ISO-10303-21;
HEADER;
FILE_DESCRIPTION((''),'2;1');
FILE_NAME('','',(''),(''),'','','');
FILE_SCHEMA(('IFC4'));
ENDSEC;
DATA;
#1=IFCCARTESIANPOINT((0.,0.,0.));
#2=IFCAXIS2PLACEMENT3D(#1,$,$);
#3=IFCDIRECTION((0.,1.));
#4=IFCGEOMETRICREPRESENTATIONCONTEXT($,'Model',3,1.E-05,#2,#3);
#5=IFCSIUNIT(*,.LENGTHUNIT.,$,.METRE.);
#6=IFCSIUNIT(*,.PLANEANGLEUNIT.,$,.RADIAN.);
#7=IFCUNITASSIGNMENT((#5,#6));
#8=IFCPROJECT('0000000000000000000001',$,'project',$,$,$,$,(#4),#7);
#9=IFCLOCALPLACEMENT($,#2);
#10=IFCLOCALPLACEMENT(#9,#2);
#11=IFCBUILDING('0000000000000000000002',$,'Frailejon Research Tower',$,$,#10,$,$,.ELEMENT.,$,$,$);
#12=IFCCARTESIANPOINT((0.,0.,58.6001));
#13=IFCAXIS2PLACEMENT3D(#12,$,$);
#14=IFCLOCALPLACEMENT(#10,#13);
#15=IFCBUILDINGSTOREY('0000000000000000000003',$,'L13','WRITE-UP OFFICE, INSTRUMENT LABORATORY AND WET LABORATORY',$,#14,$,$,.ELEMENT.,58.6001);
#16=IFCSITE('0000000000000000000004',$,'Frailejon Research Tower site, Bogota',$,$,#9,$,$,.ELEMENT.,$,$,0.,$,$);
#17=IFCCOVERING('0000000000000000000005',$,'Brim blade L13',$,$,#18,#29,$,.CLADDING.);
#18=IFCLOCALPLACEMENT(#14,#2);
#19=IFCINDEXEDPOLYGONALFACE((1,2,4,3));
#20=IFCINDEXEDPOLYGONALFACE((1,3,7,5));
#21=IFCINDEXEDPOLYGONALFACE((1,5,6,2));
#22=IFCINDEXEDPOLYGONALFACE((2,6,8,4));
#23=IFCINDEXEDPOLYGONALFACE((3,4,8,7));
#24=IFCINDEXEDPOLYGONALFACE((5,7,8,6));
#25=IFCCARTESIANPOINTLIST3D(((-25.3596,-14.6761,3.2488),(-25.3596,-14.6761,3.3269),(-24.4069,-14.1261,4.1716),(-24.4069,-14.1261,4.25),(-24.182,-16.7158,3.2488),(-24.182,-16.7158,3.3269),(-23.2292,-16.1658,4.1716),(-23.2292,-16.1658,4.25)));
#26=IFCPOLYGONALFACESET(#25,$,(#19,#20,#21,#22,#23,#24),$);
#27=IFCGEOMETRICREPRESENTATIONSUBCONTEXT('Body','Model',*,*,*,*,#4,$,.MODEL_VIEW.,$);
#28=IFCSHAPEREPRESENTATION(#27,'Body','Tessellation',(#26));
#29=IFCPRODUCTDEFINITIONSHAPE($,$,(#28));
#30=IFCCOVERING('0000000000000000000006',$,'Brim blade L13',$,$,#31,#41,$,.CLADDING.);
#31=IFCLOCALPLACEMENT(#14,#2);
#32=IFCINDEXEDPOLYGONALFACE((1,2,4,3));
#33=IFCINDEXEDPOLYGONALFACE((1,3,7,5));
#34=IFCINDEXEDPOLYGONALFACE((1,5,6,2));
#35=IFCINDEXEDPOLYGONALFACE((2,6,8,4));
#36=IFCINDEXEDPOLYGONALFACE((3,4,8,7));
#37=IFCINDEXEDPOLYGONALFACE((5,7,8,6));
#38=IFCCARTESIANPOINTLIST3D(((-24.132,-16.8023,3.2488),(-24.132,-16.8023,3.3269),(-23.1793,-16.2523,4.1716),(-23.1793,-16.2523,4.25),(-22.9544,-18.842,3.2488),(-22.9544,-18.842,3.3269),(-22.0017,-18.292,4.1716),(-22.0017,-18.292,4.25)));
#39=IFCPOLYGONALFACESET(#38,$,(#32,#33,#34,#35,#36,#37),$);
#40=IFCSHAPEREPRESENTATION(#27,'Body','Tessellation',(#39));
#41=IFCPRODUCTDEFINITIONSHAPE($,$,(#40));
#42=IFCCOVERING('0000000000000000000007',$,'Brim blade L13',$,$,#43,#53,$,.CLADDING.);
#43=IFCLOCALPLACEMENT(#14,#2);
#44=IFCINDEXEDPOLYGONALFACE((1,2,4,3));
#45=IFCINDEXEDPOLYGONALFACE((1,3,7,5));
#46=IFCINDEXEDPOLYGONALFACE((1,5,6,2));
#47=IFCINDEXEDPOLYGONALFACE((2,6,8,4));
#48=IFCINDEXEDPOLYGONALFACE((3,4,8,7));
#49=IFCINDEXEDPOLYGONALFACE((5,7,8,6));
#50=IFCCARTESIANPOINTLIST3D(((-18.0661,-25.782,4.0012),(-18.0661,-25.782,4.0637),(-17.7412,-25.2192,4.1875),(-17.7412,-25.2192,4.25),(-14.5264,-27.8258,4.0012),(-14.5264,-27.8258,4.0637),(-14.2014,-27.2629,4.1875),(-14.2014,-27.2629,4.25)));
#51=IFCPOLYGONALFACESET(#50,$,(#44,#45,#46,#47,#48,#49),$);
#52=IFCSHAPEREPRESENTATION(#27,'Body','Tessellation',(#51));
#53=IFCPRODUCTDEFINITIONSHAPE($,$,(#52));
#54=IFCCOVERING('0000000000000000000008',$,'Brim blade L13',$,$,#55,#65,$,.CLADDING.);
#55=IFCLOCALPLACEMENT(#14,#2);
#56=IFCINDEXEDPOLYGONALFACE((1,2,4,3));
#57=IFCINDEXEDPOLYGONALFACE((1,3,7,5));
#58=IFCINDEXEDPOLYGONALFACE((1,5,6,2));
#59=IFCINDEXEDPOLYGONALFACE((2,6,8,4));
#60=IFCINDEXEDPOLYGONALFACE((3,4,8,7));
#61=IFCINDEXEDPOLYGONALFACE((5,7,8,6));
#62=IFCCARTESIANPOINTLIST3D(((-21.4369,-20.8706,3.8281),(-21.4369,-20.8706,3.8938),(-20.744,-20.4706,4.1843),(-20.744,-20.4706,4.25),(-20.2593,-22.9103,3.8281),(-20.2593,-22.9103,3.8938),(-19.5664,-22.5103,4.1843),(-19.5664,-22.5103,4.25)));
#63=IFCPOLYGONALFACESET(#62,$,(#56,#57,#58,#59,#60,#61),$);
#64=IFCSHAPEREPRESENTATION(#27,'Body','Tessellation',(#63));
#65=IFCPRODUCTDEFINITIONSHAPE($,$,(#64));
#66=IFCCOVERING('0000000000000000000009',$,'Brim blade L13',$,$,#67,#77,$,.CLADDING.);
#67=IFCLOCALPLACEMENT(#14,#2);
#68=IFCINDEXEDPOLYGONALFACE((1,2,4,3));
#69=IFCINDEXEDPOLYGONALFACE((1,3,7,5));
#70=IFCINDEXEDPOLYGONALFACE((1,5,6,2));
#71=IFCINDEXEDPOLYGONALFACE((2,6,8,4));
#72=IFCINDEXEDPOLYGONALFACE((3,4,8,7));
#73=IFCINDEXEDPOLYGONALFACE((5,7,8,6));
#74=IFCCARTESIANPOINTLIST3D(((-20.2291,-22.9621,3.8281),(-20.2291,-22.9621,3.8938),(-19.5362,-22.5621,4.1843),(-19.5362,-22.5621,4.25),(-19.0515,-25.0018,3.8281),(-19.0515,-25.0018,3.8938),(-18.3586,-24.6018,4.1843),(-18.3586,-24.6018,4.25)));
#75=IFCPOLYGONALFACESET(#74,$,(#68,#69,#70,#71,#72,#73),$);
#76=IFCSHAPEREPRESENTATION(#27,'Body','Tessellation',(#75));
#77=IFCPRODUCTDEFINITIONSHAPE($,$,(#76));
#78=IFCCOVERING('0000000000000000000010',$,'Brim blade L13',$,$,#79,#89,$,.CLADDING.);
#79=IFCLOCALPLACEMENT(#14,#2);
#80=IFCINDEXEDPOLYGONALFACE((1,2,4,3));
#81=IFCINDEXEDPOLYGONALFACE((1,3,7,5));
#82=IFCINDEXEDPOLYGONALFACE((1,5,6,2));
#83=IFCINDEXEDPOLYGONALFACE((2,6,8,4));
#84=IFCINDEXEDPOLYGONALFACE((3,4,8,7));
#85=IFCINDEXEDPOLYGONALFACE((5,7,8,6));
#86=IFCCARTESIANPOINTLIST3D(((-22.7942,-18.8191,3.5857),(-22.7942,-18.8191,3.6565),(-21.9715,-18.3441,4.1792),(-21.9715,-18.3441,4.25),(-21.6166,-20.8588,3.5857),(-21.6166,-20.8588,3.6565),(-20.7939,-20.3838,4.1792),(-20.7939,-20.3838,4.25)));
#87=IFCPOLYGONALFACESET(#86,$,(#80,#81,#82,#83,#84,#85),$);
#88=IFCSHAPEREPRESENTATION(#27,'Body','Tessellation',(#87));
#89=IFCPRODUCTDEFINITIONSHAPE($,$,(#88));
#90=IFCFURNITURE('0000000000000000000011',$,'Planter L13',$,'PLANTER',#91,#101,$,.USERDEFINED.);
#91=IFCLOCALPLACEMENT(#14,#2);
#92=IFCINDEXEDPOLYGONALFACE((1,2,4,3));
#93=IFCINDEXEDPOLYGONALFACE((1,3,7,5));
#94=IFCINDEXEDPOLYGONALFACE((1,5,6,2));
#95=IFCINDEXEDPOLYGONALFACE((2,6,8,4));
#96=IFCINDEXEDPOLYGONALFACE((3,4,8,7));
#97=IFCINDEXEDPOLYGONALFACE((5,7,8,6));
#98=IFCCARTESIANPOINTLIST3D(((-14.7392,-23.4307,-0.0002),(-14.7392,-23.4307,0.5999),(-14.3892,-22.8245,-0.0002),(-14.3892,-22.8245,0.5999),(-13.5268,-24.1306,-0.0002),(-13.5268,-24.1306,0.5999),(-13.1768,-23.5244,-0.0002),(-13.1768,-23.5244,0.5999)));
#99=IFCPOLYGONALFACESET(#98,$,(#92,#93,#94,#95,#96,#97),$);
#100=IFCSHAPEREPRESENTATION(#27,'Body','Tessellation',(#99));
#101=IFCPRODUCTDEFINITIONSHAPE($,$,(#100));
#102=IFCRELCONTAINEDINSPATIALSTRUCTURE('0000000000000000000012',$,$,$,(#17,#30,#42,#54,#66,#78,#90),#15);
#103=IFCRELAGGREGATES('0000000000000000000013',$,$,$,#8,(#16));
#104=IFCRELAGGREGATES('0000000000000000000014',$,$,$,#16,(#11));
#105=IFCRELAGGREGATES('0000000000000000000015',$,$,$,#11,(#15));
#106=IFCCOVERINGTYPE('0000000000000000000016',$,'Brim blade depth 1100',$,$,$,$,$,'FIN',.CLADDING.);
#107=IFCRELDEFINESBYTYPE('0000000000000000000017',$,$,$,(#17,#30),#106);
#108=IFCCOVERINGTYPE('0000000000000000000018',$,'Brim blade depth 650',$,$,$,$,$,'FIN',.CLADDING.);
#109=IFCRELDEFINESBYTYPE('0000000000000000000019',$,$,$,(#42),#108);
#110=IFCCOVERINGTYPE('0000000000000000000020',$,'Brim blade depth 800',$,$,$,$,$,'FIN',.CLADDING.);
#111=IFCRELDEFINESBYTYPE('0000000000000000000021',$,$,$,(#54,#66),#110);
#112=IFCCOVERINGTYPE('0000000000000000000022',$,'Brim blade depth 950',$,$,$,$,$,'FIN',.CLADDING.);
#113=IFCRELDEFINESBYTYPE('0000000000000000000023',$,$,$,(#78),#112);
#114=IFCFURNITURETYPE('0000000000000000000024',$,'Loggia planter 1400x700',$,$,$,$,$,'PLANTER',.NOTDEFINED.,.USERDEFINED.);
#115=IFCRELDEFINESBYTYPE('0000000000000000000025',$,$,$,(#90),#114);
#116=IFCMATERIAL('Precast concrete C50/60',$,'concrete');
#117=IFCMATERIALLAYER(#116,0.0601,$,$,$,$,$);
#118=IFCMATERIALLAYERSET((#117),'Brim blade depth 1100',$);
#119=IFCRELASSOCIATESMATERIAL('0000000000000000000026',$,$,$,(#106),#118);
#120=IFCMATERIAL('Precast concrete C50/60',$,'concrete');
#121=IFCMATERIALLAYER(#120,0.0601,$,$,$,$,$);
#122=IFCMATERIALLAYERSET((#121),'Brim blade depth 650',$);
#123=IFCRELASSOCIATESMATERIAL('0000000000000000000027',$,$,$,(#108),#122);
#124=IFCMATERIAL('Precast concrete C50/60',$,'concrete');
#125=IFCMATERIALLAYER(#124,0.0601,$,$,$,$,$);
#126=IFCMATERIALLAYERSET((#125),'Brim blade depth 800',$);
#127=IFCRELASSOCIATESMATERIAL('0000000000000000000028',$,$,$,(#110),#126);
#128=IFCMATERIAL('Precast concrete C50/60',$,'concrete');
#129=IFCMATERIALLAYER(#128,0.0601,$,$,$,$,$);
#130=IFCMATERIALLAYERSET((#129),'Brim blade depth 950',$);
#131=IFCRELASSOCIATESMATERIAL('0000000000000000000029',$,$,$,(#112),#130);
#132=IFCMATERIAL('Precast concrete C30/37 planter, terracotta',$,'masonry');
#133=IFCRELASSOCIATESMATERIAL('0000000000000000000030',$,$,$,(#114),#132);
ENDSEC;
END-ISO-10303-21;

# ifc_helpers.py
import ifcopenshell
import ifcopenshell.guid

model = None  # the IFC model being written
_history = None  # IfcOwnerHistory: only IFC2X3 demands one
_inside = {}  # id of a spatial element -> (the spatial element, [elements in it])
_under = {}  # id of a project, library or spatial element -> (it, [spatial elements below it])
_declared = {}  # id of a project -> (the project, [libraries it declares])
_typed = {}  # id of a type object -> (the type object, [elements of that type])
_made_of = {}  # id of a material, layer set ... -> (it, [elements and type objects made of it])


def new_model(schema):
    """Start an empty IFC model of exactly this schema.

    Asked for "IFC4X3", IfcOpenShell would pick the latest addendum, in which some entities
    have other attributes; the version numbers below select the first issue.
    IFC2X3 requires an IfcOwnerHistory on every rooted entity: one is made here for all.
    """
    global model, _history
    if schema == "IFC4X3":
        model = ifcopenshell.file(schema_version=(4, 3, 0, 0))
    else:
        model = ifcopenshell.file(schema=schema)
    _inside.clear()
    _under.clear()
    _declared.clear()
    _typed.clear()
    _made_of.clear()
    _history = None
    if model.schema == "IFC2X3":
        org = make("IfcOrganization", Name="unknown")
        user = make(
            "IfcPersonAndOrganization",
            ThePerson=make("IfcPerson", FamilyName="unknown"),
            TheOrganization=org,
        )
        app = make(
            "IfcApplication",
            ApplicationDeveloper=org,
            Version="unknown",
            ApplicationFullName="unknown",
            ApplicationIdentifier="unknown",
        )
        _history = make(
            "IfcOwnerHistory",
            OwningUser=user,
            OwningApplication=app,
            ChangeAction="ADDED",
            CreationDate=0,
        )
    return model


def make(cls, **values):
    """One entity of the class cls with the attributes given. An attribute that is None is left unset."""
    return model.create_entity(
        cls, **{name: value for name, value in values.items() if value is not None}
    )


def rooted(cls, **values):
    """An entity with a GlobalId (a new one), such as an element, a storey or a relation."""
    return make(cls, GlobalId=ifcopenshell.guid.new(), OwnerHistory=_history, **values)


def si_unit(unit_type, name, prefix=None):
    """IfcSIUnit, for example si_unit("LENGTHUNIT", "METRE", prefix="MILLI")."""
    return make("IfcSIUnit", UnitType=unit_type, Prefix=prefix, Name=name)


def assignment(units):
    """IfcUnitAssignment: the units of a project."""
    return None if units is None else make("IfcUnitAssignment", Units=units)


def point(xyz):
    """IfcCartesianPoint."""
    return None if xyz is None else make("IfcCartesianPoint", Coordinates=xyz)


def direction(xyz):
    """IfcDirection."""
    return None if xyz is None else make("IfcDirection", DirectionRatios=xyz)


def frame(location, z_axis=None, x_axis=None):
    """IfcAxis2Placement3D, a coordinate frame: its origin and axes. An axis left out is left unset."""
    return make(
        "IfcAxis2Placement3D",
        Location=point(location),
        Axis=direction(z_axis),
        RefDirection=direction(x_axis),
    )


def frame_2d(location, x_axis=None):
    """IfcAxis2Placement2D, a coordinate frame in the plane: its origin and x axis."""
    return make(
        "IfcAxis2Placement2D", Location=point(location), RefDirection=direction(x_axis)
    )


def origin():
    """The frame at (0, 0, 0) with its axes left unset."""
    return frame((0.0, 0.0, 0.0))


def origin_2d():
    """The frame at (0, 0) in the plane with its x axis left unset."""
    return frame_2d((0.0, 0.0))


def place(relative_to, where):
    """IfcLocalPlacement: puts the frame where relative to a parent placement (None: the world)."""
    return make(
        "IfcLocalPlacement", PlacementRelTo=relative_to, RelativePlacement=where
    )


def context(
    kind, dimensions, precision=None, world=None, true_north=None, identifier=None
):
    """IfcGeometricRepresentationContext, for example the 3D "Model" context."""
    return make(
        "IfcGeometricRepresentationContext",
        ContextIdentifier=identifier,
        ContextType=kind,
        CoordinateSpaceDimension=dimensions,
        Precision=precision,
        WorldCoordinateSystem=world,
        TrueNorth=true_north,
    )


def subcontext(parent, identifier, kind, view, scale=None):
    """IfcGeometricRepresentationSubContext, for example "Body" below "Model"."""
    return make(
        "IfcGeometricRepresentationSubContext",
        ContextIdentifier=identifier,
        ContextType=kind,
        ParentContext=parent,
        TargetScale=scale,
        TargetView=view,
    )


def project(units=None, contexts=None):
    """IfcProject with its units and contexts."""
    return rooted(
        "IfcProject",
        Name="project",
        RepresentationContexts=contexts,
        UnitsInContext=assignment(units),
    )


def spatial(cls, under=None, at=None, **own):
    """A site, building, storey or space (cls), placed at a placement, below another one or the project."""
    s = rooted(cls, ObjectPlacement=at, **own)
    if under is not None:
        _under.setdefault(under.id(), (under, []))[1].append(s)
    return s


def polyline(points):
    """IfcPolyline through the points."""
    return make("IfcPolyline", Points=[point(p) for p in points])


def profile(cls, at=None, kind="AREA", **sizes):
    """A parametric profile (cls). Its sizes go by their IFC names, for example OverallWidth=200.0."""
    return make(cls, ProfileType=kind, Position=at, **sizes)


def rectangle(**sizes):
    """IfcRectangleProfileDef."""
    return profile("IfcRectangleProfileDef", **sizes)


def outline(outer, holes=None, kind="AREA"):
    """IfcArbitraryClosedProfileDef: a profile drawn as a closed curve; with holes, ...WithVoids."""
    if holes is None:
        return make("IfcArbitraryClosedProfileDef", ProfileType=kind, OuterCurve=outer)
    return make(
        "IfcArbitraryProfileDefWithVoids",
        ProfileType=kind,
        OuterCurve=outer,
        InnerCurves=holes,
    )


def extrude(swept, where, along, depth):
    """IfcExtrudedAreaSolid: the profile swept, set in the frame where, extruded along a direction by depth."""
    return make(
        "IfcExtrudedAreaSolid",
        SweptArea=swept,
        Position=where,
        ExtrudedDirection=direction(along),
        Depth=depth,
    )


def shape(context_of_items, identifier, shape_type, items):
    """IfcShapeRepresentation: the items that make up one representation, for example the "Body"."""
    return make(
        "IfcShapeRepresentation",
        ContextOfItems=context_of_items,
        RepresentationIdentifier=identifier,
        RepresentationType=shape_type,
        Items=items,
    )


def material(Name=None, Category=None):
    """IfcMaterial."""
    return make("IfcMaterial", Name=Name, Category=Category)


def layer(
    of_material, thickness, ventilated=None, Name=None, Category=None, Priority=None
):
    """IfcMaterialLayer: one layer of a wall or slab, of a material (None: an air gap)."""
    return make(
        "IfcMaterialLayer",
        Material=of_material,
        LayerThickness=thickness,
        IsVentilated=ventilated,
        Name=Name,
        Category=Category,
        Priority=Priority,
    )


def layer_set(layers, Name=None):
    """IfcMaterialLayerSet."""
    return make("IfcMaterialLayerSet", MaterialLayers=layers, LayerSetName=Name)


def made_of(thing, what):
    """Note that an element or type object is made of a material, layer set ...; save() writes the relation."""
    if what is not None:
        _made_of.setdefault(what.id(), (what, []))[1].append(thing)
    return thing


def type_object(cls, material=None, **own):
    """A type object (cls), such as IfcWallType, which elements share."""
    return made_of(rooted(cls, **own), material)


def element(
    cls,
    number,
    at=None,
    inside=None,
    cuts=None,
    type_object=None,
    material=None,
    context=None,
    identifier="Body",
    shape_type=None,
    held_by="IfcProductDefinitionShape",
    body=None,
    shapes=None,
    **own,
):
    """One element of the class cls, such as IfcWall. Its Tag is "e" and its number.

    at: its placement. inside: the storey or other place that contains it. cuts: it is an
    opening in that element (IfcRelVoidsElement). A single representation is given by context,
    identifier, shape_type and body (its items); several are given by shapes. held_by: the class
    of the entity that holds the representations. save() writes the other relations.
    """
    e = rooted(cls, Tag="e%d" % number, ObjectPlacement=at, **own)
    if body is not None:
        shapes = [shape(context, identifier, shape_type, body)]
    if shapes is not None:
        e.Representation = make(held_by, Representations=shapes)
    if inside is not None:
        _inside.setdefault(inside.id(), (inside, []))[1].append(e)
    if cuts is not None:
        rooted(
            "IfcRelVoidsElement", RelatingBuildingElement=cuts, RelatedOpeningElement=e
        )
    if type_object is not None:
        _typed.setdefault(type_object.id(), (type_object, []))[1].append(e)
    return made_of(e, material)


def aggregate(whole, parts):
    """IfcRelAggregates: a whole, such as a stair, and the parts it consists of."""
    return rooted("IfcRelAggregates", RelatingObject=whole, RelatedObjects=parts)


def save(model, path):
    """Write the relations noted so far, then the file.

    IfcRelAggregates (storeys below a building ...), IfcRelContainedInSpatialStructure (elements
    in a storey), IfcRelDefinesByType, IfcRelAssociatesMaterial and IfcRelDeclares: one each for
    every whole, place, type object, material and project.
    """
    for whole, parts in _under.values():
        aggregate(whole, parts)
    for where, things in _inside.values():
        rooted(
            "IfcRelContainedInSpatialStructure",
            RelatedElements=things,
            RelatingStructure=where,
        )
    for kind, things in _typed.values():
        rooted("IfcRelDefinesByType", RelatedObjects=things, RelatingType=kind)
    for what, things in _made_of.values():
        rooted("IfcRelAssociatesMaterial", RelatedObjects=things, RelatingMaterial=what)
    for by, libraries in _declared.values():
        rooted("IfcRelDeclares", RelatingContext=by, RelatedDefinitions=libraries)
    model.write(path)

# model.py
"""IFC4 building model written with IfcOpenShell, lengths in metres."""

from ifc_helpers import new_model, si_unit, direction, frame, origin, origin_2d, place, context, subcontext, project, spatial, polyline, rectangle, outline, extrude, material, layer, layer_set, type_object, element, save


model = new_model("IFC4")

# Units and contexts
model_context = context("Model", 3, precision=1e-05, world=origin(), true_north=direction((0.0, 1.0)))
body_context = subcontext(model_context, "Body", "Model", "MODEL_VIEW")
ifc_project = project(units=[si_unit("LENGTHUNIT", "METRE"), si_unit("PLANEANGLEUNIT", "RADIAN")], contexts=[model_context])

# Site, building, storey
site_placement = place(None, origin())
site = spatial("IfcSite", under=ifc_project, at=site_placement, Name="Frailejon Research Tower site, Bogota", CompositionType="ELEMENT", RefElevation=0.0)
building_placement = place(site_placement, origin())
building = spatial("IfcBuilding", under=site, at=building_placement, Name="Frailejon Research Tower", CompositionType="ELEMENT")
storey_placement = place(building_placement, frame((0.0, 0.0, 58.6001)))
storey = spatial("IfcBuildingStorey", under=building, at=storey_placement, Name="L13", Description="WRITE-UP OFFICE, INSTRUMENT LABORATORY AND WET LABORATORY", CompositionType="ELEMENT", Elevation=58.6001)

# Coverings
ifc_material_1 = material(Name="Precast concrete C50/60", Category="concrete")
ifc_layer_1 = layer(ifc_material_1, 0.0601)
ifc_layer_set_1 = layer_set([ifc_layer_1], Name="Brim blade depth 1100")
covering_type_1 = type_object("IfcCoveringType", Name="Brim blade depth 1100", ElementType="FIN", PredefinedType="CLADDING", material=ifc_layer_set_1)
for number, where, z_axis, x_axis, name in (
    (1, (-23.2292, -16.1658, 4.25), (-0.500006, 0.866022, 0.0), (-0.866022, -0.500006, 0.0), "Brim blade L13"),
    (2, (-22.0017, -18.292, 4.25), (-0.499997, 0.866027, 0.0), (-0.866027, -0.499997, 0.0), "Brim blade L13"),
):
    element("IfcCovering", number, at=place(storey_placement, frame(where, z_axis=z_axis, x_axis=x_axis)), inside=storey, type_object=covering_type_1, Name=name, PredefinedType="CLADDING", context=body_context, shape_type="SweptSolid", body=[
        extrude(outline(polyline([(0.0, -0.0784), (1.1001, -1.0012), (1.1001, -0.9231), (0.0, 0.0), (0.0, -0.0784)])), origin(), (0.0, 0.0, 1.0), 2.3552),
    ])
ifc_material_2 = material(Name="Precast concrete C50/60", Category="concrete")
ifc_layer_2 = layer(ifc_material_2, 0.0601)
ifc_layer_set_2 = layer_set([ifc_layer_2], Name="Brim blade depth 650")
covering_type_2 = type_object("IfcCoveringType", Name="Brim blade depth 650", ElementType="FIN", PredefinedType="CLADDING", material=ifc_layer_set_2)
covering_1_placement = place(storey_placement, frame((-14.2014, -27.2629, 4.25), z_axis=(-0.866021, 0.500007, 0.0), x_axis=(-0.500007, -0.866021, 0.0)))
element("IfcCovering", 3, at=covering_1_placement, inside=storey, type_object=covering_type_2, Name="Brim blade L13", PredefinedType="CLADDING", context=body_context, shape_type="SweptSolid", body=[
    extrude(outline(polyline([(0.0, -0.0625), (0.6499, -0.2488), (0.6499, -0.1863), (0.0, 0.0), (0.0, -0.0625)])), origin(), (0.0, 0.0, 1.0), 4.0874),
])
ifc_material_3 = material(Name="Precast concrete C50/60", Category="concrete")
ifc_layer_3 = layer(ifc_material_3, 0.0601)
ifc_layer_set_3 = layer_set([ifc_layer_3], Name="Brim blade depth 800")
covering_type_3 = type_object("IfcCoveringType", Name="Brim blade depth 800", ElementType="FIN", PredefinedType="CLADDING", material=ifc_layer_set_3)
for number, where, z_axis, x_axis, name in (
    (4, (-19.5664, -22.5103, 4.25), (-0.499997, 0.866027, 0.0), (-0.866027, -0.499997, 0.0), "Brim blade L13"),
    (5, (-18.3586, -24.6018, 4.25), (-0.499997, 0.866027, 0.0), (-0.866027, -0.499997, 0.0), "Brim blade L13"),
):
    element("IfcCovering", number, at=place(storey_placement, frame(where, z_axis=z_axis, x_axis=x_axis)), inside=storey, type_object=covering_type_3, Name=name, PredefinedType="CLADDING", context=body_context, shape_type="SweptSolid", body=[
        extrude(outline(polyline([(0.0, -0.0657), (0.8, -0.4219), (0.8, -0.3562), (0.0, 0.0), (0.0, -0.0657)])), origin(), (0.0, 0.0, 1.0), 2.3552),
    ])
ifc_material_4 = material(Name="Precast concrete C50/60", Category="concrete")
ifc_layer_4 = layer(ifc_material_4, 0.0601)
ifc_layer_set_4 = layer_set([ifc_layer_4], Name="Brim blade depth 950")
covering_type_4 = type_object("IfcCoveringType", Name="Brim blade depth 950", ElementType="FIN", PredefinedType="CLADDING", material=ifc_layer_set_4)
covering_2_placement = place(storey_placement, frame((-20.7939, -20.3838, 4.25), z_axis=(-0.499997, 0.866027, 0.0), x_axis=(-0.866027, -0.499997, 0.0)))
element("IfcCovering", 6, at=covering_2_placement, inside=storey, type_object=covering_type_4, Name="Brim blade L13", PredefinedType="CLADDING", context=body_context, shape_type="SweptSolid", body=[
    extrude(outline(polyline([(0.0, -0.0708), (0.95, -0.6643), (0.95, -0.5935), (0.0, 0.0), (0.0, -0.0708)])), origin(), (0.0, 0.0, 1.0), 2.3552),
])

# Furniture
ifc_material_5 = material(Name="Precast concrete C30/37 planter, terracotta", Category="masonry")
furniture_type = type_object("IfcFurnitureType", Name="Loggia planter 1400x700", ElementType="PLANTER", AssemblyPlace="NOTDEFINED", PredefinedType="USERDEFINED", material=ifc_material_5)
furniture_placement = place(storey_placement, frame((-13.958, -23.4775, -0.0002), z_axis=(0.0, 0.0, 1.0), x_axis=(0.866025, -0.5, 0.0)))
element("IfcFurniture", 7, at=furniture_placement, inside=storey, type_object=furniture_type, Name="Planter L13", ObjectType="PLANTER", PredefinedType="USERDEFINED", context=body_context, shape_type="SweptSolid", body=[
    extrude(rectangle(XDim=1.3999, YDim=0.7, at=origin_2d()), origin(), (0.0, 0.0, 1.0), 0.6001),
])

save(model, "model.ifc")
